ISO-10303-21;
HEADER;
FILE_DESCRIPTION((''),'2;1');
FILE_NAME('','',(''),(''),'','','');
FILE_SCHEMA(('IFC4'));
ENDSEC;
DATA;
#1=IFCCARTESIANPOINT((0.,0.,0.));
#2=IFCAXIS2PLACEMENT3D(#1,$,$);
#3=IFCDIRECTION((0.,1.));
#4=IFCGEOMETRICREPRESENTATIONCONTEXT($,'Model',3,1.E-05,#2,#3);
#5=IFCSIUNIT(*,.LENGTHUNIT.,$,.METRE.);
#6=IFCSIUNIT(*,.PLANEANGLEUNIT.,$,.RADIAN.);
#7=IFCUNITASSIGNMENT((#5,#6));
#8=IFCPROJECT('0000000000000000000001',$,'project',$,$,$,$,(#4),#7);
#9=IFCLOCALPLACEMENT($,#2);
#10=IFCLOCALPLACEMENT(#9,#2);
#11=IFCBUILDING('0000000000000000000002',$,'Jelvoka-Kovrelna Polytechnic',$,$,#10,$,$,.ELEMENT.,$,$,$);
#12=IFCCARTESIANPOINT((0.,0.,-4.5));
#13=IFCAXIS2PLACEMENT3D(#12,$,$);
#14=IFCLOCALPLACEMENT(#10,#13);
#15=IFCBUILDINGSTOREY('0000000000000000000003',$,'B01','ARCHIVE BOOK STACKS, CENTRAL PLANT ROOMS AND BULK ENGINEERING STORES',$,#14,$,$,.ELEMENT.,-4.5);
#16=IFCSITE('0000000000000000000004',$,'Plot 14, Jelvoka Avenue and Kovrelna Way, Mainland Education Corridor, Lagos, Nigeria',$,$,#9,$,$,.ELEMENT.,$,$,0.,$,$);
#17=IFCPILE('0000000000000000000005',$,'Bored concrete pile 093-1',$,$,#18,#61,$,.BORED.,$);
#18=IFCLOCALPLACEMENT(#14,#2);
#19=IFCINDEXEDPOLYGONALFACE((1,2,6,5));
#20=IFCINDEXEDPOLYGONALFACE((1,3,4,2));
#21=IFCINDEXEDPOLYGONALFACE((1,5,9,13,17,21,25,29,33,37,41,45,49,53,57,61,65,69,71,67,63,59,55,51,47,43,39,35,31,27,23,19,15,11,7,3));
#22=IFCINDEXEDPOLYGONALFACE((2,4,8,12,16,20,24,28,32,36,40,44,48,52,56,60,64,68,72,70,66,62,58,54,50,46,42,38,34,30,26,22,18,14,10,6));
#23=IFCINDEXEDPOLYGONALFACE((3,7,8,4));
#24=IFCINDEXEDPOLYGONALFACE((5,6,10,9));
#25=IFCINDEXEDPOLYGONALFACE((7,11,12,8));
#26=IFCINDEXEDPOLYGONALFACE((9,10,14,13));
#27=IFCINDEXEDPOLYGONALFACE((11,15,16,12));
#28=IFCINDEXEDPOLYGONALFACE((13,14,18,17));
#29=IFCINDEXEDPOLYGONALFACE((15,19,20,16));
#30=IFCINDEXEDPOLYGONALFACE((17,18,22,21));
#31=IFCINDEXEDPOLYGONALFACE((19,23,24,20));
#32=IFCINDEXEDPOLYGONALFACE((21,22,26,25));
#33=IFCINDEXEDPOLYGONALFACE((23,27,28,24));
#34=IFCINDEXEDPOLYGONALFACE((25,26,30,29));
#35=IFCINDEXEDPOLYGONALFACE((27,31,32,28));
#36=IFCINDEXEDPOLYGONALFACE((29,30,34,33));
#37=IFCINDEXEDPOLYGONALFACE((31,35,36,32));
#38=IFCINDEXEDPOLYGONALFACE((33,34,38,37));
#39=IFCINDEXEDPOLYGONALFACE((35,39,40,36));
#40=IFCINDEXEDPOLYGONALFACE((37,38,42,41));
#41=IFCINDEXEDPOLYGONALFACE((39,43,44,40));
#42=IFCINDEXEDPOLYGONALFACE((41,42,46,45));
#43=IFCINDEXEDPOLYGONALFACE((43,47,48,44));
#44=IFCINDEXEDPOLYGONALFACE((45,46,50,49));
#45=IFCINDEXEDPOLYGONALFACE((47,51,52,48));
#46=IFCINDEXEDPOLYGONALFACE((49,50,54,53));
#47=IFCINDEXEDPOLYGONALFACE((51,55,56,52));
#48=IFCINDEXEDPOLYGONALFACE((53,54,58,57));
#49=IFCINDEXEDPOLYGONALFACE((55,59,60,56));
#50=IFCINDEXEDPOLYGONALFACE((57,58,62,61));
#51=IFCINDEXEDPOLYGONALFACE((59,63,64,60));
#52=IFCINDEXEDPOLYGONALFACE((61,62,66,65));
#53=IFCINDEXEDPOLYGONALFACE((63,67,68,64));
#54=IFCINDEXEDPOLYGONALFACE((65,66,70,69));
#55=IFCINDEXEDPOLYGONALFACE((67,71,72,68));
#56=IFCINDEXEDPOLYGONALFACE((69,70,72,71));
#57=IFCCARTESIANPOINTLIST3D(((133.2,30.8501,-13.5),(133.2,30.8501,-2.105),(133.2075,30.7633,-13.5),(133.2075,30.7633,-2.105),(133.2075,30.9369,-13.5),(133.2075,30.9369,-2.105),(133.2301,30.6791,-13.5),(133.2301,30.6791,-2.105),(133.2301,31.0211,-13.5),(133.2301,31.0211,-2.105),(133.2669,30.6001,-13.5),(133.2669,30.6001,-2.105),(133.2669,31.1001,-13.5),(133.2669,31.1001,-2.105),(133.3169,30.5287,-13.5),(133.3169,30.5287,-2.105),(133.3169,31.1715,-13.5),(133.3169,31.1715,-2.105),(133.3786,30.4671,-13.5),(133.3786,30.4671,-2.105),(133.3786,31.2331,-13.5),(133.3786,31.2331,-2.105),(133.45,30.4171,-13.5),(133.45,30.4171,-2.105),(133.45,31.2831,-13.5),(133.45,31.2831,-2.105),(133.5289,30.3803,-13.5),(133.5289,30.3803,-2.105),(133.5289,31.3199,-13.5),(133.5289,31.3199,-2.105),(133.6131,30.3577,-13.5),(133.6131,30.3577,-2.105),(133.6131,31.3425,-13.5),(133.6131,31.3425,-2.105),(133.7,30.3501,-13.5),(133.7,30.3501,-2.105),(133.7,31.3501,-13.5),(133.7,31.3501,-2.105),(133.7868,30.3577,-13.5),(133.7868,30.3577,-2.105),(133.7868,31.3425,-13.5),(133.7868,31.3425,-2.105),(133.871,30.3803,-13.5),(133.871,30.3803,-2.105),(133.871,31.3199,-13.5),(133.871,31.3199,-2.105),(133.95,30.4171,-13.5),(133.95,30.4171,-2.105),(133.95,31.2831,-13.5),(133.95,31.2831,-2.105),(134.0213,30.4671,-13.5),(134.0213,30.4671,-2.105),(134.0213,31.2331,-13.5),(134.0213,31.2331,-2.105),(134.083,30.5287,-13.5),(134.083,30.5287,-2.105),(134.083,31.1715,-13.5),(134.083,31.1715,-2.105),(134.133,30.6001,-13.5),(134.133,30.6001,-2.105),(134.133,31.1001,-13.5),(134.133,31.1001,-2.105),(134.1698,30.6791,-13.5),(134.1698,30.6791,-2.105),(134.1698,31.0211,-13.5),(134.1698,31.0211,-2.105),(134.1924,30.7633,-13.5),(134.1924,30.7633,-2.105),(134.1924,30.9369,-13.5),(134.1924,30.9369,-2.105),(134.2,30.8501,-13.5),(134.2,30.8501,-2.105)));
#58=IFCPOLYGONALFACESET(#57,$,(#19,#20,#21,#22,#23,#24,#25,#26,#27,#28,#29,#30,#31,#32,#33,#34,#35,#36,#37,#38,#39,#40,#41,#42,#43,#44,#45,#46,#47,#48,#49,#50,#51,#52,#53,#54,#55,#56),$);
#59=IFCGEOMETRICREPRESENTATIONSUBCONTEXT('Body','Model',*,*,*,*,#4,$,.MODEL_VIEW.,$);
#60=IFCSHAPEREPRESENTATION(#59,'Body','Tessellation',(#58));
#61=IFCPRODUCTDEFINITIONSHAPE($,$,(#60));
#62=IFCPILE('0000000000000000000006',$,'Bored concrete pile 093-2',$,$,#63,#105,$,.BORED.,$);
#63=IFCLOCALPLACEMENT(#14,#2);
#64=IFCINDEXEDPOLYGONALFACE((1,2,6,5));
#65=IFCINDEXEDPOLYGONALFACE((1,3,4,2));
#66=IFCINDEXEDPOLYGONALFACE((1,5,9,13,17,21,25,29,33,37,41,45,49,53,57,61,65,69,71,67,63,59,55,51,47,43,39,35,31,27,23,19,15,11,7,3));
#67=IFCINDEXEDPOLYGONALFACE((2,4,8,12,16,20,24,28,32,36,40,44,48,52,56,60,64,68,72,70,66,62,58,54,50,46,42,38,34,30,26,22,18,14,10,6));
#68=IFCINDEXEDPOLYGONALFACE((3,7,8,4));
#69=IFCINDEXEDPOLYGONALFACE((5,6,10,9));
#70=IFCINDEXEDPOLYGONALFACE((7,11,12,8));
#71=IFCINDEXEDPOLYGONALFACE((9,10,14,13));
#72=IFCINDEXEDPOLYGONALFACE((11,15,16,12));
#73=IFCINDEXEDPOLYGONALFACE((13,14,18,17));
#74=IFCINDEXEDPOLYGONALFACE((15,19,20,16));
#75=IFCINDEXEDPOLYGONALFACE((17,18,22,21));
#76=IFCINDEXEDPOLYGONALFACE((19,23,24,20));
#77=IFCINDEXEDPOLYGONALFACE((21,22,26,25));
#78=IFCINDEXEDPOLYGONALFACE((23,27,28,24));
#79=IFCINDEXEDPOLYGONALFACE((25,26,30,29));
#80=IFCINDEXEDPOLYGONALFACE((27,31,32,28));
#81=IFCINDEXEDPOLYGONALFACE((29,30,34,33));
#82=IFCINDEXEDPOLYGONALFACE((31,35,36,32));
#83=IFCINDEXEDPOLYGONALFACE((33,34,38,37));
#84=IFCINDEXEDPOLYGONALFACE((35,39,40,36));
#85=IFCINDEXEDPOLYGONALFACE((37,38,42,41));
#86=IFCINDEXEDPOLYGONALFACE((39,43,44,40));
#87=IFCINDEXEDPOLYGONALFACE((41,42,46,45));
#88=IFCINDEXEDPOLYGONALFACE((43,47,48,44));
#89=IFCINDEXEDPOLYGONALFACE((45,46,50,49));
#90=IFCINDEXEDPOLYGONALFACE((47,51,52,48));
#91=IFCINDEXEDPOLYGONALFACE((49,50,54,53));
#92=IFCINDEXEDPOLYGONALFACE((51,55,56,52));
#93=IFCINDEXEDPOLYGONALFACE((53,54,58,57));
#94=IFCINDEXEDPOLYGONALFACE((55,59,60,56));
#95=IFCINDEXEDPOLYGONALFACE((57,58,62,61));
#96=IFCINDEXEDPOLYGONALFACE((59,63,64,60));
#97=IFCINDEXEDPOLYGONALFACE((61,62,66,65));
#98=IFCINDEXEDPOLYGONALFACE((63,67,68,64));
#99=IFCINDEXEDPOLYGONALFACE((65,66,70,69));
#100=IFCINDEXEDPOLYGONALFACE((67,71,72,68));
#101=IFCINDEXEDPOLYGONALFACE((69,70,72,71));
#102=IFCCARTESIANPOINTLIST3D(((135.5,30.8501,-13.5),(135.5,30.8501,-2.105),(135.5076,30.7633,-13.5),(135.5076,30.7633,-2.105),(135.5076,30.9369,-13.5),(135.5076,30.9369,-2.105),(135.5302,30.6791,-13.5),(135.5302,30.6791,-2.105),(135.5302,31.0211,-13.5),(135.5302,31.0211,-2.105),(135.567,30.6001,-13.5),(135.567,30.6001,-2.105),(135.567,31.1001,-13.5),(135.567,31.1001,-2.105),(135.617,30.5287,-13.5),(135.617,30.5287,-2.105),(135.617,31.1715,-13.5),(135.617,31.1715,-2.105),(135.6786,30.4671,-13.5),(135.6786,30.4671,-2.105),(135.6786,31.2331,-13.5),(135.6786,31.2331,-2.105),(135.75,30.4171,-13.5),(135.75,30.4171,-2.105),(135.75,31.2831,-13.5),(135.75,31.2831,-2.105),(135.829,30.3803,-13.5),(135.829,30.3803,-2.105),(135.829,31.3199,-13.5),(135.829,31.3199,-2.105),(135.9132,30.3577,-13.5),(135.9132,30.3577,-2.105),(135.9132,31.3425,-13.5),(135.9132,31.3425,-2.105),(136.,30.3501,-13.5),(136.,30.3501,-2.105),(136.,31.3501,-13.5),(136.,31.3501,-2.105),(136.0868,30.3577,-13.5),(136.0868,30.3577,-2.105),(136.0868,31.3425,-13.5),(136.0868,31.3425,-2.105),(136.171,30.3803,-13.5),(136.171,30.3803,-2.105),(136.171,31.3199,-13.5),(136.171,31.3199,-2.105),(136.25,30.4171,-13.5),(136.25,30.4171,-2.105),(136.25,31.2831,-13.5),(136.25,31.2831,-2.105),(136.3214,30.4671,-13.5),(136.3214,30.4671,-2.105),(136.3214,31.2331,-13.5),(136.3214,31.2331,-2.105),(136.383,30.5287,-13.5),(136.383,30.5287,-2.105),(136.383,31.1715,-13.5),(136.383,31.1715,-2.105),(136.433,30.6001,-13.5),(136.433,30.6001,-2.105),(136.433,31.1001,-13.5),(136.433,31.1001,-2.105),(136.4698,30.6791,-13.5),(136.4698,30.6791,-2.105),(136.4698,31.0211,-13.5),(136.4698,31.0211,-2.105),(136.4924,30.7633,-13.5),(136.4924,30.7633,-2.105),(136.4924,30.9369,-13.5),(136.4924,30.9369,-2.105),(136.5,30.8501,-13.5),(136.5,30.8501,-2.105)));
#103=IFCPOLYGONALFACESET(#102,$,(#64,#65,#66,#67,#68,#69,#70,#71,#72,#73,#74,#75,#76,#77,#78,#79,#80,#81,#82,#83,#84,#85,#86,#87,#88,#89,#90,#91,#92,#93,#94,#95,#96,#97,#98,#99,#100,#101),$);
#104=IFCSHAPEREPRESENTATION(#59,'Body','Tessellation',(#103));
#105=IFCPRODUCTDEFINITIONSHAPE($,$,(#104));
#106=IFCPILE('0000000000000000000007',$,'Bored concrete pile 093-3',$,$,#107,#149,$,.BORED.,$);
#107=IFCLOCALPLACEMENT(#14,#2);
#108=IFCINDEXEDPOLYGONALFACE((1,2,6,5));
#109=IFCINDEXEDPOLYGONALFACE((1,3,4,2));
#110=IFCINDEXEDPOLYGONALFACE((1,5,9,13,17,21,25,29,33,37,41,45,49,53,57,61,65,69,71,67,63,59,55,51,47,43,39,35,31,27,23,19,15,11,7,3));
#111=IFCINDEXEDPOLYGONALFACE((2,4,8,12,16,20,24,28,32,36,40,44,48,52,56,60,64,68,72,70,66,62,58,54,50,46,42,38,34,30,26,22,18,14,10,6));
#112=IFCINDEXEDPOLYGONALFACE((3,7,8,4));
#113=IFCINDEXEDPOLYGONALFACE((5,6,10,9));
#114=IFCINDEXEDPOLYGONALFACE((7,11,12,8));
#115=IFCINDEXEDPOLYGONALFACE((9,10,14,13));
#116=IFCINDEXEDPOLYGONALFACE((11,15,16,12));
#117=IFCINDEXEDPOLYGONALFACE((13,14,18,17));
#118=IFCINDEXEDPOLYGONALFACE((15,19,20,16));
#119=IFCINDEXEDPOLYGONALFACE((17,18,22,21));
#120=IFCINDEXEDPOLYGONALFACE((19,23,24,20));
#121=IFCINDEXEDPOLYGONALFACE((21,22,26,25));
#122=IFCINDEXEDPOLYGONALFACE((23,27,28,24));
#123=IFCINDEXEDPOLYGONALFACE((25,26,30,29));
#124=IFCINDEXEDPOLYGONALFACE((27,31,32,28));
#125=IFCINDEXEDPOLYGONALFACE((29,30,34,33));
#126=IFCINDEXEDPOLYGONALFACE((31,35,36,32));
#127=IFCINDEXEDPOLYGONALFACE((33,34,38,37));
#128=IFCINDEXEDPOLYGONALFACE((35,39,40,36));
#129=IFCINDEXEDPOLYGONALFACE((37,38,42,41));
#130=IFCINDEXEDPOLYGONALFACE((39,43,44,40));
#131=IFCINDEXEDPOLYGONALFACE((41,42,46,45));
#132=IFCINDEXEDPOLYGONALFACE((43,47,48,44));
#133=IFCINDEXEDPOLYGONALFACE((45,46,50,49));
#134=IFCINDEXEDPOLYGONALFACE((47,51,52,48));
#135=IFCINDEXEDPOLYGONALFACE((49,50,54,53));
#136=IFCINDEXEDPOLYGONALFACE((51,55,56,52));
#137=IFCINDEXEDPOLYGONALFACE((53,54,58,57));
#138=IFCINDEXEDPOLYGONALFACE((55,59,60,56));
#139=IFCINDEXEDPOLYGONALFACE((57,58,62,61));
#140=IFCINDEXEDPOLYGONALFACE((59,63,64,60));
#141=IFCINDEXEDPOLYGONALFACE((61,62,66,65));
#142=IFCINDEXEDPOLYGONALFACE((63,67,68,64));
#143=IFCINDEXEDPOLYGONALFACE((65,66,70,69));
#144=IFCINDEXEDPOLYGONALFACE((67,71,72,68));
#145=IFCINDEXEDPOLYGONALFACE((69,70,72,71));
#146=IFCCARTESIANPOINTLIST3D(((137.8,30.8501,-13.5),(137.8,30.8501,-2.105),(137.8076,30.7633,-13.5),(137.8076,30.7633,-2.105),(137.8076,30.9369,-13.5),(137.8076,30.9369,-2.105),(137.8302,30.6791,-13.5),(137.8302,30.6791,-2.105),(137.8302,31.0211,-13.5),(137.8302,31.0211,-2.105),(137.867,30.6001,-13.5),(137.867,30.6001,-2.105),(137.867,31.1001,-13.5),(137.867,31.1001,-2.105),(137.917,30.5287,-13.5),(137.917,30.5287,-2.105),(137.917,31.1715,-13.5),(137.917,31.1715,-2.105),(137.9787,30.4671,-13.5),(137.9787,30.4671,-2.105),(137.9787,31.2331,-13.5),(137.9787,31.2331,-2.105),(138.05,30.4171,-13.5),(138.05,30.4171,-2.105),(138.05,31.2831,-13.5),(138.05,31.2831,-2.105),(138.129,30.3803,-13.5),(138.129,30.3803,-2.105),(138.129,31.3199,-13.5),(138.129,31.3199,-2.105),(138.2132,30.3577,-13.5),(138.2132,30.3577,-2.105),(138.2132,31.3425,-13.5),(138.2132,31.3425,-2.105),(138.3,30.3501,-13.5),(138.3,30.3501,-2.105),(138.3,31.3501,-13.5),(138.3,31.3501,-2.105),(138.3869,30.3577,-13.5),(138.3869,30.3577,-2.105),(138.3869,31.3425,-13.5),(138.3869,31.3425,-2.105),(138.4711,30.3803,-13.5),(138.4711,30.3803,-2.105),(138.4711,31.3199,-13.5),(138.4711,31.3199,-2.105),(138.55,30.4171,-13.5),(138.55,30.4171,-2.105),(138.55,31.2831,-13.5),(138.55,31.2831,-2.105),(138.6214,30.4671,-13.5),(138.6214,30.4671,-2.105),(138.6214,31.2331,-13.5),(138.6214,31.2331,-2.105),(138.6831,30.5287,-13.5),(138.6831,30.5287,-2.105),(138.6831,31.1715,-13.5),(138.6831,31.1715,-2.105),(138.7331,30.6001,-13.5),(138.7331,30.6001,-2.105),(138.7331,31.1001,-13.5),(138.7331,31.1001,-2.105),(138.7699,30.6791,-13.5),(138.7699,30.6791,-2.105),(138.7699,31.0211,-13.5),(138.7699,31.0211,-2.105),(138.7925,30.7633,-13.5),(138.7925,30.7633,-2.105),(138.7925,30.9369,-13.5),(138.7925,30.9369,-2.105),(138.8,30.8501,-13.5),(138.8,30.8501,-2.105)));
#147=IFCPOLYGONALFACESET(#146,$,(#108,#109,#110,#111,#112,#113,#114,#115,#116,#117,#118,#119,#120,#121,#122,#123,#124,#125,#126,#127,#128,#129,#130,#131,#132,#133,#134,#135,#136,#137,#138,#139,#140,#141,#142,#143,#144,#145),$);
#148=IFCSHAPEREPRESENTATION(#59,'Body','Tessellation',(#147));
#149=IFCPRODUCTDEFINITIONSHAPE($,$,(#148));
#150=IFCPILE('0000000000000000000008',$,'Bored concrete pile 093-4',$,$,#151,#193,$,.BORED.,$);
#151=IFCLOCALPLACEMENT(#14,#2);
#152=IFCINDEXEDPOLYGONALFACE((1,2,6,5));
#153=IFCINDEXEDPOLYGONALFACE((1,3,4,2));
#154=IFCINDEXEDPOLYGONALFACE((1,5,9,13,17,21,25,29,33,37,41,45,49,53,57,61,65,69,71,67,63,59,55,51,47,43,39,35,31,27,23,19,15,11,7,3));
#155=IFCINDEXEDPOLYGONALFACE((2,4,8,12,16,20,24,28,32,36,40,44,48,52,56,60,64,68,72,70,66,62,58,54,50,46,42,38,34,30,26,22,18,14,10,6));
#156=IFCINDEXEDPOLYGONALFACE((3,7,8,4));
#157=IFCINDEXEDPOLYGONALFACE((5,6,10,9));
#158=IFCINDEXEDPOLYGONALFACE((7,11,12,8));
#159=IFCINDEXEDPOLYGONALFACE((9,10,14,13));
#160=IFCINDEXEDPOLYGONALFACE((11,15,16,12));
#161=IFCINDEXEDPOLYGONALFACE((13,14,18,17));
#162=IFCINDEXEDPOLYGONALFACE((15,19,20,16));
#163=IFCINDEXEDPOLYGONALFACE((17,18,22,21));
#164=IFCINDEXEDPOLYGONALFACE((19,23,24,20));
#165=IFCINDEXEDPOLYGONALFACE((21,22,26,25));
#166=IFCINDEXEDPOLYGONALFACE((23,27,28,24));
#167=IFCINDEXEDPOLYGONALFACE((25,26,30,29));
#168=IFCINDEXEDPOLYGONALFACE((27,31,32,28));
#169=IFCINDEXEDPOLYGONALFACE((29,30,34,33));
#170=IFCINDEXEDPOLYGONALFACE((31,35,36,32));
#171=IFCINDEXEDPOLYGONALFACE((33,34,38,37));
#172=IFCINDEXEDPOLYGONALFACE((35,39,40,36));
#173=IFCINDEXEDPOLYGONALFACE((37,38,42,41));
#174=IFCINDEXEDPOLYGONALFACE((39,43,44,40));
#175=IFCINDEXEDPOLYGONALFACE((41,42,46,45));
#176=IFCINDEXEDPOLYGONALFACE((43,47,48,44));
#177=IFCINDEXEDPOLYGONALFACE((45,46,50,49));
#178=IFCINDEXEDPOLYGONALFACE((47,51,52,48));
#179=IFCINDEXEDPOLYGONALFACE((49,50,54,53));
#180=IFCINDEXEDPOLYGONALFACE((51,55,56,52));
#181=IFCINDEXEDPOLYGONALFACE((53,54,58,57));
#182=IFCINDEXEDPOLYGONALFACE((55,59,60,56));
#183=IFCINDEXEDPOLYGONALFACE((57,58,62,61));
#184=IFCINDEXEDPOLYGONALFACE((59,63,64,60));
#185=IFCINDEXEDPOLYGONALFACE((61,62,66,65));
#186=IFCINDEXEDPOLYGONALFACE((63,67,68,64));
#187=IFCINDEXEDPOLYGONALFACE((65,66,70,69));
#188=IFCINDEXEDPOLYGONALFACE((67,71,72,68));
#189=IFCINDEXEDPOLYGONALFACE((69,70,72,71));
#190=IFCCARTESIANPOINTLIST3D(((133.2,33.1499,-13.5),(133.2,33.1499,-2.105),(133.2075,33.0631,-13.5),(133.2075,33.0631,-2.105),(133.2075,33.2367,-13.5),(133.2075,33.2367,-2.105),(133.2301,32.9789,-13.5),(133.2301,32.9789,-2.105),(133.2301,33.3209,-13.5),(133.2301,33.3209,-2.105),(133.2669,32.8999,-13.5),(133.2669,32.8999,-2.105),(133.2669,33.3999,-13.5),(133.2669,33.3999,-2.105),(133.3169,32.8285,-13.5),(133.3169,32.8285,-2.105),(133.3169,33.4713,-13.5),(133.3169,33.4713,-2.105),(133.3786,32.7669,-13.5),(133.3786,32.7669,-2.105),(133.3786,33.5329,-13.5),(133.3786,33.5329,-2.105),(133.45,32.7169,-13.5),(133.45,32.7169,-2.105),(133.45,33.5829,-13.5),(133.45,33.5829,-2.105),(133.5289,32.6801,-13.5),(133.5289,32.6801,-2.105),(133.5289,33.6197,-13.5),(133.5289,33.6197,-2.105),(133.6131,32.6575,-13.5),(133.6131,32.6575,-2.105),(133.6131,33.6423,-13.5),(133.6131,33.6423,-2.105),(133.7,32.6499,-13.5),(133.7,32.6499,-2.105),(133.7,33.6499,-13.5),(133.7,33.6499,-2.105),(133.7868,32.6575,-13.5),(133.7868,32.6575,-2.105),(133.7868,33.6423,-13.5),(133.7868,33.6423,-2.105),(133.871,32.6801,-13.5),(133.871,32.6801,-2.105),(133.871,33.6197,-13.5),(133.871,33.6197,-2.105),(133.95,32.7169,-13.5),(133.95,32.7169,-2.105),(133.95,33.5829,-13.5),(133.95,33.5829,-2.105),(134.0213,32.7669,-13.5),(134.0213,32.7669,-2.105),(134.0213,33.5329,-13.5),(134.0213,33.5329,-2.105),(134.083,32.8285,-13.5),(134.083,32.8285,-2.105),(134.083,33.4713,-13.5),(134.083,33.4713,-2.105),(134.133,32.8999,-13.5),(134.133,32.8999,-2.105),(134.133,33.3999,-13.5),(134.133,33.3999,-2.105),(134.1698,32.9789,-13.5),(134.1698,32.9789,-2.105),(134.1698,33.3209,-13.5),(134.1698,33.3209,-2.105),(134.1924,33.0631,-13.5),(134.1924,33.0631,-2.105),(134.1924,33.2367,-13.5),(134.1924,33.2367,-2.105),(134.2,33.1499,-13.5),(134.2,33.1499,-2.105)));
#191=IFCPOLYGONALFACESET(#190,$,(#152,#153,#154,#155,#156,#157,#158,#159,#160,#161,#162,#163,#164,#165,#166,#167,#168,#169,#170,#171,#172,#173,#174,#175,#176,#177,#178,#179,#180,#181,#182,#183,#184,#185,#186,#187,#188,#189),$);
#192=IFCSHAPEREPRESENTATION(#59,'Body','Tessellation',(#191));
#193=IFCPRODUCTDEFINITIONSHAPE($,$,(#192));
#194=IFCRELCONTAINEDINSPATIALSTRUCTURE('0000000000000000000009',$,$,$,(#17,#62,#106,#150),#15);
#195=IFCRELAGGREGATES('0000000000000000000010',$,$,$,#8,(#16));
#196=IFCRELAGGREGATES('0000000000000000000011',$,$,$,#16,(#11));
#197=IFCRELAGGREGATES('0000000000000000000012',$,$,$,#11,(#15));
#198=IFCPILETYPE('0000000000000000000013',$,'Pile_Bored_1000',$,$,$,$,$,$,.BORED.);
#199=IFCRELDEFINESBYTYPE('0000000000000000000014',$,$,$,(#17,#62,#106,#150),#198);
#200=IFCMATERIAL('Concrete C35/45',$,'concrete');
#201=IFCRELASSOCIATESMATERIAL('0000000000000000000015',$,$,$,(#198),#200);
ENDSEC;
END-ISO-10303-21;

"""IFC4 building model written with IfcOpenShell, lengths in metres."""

from ifc_helpers import new_model, si_unit, direction, frame, origin, origin_2d, place, context, subcontext, project, spatial, circle, extrude, material, material_profile, profile_set, type_object, element, save


model = new_model("IFC4")

# Units and contexts
model_context = context("Model", 3, precision=1e-05, world=origin(), true_north=direction((0.0, 1.0)))
body_context = subcontext(model_context, "Body", "Model", "MODEL_VIEW")
ifc_project = project(units=[si_unit("LENGTHUNIT", "METRE"), si_unit("PLANEANGLEUNIT", "RADIAN")], contexts=[model_context])

# Site, building, storey
site_placement = place(None, origin())
site = spatial("IfcSite", under=ifc_project, at=site_placement, Name="Plot 14, Jelvoka Avenue and Kovrelna Way, Mainland Education Corridor, Lagos, Nigeria", CompositionType="ELEMENT", RefElevation=0.0)
building_placement = place(site_placement, origin())
building = spatial("IfcBuilding", under=site, at=building_placement, Name="Jelvoka-Kovrelna Polytechnic", CompositionType="ELEMENT")
storey_placement = place(building_placement, frame((0.0, 0.0, -4.5)))
storey = spatial("IfcBuildingStorey", under=building, at=storey_placement, Name="B01", Description="ARCHIVE BOOK STACKS, CENTRAL PLANT ROOMS AND BULK ENGINEERING STORES", CompositionType="ELEMENT", Elevation=-4.5)

# Piles
ifc_material_1 = material(Name="Concrete C35/45", Category="concrete")
ifc_material_profile_1 = material_profile(ifc_material_1, circle(Radius=0.5, at=origin_2d()), Name="PILE D1000")
ifc_profile_set_1 = profile_set([ifc_material_profile_1], Name="Concrete C35/45")
pile_type = type_object("IfcPileType", Name="Pile_Bored_1000", PredefinedType="BORED", material=ifc_profile_set_1)
for number, where, z_axis, x_axis, name in (
    (1, (133.7, 30.8501, -2.105), (0.0, 0.0, -1.0), (1.0, 0.0, 0.0), "Bored concrete pile 093-1"),
    (2, (136.0, 30.8501, -2.105), (0.0, 0.0, -1.0), (1.0, 0.0, 0.0), "Bored concrete pile 093-2"),
    (3, (138.3, 30.8501, -2.105), (0.0, 0.0, -1.0), (1.0, 0.0, 0.0), "Bored concrete pile 093-3"),
    (4, (133.7, 33.1499, -2.105), (0.0, 0.0, -1.0), (1.0, 0.0, 0.0), "Bored concrete pile 093-4"),
):
    element("IfcPile", number, at=place(storey_placement, frame(where, z_axis=z_axis, x_axis=x_axis)), inside=storey, type_object=pile_type, Name=name, PredefinedType="BORED", context=body_context, shape_type="SweptSolid", body=[
        extrude(circle(Radius=0.5, at=origin_2d()), origin(), (0.0, 0.0, 1.0), 11.395),
    ])

save(model, "model.ifc")
